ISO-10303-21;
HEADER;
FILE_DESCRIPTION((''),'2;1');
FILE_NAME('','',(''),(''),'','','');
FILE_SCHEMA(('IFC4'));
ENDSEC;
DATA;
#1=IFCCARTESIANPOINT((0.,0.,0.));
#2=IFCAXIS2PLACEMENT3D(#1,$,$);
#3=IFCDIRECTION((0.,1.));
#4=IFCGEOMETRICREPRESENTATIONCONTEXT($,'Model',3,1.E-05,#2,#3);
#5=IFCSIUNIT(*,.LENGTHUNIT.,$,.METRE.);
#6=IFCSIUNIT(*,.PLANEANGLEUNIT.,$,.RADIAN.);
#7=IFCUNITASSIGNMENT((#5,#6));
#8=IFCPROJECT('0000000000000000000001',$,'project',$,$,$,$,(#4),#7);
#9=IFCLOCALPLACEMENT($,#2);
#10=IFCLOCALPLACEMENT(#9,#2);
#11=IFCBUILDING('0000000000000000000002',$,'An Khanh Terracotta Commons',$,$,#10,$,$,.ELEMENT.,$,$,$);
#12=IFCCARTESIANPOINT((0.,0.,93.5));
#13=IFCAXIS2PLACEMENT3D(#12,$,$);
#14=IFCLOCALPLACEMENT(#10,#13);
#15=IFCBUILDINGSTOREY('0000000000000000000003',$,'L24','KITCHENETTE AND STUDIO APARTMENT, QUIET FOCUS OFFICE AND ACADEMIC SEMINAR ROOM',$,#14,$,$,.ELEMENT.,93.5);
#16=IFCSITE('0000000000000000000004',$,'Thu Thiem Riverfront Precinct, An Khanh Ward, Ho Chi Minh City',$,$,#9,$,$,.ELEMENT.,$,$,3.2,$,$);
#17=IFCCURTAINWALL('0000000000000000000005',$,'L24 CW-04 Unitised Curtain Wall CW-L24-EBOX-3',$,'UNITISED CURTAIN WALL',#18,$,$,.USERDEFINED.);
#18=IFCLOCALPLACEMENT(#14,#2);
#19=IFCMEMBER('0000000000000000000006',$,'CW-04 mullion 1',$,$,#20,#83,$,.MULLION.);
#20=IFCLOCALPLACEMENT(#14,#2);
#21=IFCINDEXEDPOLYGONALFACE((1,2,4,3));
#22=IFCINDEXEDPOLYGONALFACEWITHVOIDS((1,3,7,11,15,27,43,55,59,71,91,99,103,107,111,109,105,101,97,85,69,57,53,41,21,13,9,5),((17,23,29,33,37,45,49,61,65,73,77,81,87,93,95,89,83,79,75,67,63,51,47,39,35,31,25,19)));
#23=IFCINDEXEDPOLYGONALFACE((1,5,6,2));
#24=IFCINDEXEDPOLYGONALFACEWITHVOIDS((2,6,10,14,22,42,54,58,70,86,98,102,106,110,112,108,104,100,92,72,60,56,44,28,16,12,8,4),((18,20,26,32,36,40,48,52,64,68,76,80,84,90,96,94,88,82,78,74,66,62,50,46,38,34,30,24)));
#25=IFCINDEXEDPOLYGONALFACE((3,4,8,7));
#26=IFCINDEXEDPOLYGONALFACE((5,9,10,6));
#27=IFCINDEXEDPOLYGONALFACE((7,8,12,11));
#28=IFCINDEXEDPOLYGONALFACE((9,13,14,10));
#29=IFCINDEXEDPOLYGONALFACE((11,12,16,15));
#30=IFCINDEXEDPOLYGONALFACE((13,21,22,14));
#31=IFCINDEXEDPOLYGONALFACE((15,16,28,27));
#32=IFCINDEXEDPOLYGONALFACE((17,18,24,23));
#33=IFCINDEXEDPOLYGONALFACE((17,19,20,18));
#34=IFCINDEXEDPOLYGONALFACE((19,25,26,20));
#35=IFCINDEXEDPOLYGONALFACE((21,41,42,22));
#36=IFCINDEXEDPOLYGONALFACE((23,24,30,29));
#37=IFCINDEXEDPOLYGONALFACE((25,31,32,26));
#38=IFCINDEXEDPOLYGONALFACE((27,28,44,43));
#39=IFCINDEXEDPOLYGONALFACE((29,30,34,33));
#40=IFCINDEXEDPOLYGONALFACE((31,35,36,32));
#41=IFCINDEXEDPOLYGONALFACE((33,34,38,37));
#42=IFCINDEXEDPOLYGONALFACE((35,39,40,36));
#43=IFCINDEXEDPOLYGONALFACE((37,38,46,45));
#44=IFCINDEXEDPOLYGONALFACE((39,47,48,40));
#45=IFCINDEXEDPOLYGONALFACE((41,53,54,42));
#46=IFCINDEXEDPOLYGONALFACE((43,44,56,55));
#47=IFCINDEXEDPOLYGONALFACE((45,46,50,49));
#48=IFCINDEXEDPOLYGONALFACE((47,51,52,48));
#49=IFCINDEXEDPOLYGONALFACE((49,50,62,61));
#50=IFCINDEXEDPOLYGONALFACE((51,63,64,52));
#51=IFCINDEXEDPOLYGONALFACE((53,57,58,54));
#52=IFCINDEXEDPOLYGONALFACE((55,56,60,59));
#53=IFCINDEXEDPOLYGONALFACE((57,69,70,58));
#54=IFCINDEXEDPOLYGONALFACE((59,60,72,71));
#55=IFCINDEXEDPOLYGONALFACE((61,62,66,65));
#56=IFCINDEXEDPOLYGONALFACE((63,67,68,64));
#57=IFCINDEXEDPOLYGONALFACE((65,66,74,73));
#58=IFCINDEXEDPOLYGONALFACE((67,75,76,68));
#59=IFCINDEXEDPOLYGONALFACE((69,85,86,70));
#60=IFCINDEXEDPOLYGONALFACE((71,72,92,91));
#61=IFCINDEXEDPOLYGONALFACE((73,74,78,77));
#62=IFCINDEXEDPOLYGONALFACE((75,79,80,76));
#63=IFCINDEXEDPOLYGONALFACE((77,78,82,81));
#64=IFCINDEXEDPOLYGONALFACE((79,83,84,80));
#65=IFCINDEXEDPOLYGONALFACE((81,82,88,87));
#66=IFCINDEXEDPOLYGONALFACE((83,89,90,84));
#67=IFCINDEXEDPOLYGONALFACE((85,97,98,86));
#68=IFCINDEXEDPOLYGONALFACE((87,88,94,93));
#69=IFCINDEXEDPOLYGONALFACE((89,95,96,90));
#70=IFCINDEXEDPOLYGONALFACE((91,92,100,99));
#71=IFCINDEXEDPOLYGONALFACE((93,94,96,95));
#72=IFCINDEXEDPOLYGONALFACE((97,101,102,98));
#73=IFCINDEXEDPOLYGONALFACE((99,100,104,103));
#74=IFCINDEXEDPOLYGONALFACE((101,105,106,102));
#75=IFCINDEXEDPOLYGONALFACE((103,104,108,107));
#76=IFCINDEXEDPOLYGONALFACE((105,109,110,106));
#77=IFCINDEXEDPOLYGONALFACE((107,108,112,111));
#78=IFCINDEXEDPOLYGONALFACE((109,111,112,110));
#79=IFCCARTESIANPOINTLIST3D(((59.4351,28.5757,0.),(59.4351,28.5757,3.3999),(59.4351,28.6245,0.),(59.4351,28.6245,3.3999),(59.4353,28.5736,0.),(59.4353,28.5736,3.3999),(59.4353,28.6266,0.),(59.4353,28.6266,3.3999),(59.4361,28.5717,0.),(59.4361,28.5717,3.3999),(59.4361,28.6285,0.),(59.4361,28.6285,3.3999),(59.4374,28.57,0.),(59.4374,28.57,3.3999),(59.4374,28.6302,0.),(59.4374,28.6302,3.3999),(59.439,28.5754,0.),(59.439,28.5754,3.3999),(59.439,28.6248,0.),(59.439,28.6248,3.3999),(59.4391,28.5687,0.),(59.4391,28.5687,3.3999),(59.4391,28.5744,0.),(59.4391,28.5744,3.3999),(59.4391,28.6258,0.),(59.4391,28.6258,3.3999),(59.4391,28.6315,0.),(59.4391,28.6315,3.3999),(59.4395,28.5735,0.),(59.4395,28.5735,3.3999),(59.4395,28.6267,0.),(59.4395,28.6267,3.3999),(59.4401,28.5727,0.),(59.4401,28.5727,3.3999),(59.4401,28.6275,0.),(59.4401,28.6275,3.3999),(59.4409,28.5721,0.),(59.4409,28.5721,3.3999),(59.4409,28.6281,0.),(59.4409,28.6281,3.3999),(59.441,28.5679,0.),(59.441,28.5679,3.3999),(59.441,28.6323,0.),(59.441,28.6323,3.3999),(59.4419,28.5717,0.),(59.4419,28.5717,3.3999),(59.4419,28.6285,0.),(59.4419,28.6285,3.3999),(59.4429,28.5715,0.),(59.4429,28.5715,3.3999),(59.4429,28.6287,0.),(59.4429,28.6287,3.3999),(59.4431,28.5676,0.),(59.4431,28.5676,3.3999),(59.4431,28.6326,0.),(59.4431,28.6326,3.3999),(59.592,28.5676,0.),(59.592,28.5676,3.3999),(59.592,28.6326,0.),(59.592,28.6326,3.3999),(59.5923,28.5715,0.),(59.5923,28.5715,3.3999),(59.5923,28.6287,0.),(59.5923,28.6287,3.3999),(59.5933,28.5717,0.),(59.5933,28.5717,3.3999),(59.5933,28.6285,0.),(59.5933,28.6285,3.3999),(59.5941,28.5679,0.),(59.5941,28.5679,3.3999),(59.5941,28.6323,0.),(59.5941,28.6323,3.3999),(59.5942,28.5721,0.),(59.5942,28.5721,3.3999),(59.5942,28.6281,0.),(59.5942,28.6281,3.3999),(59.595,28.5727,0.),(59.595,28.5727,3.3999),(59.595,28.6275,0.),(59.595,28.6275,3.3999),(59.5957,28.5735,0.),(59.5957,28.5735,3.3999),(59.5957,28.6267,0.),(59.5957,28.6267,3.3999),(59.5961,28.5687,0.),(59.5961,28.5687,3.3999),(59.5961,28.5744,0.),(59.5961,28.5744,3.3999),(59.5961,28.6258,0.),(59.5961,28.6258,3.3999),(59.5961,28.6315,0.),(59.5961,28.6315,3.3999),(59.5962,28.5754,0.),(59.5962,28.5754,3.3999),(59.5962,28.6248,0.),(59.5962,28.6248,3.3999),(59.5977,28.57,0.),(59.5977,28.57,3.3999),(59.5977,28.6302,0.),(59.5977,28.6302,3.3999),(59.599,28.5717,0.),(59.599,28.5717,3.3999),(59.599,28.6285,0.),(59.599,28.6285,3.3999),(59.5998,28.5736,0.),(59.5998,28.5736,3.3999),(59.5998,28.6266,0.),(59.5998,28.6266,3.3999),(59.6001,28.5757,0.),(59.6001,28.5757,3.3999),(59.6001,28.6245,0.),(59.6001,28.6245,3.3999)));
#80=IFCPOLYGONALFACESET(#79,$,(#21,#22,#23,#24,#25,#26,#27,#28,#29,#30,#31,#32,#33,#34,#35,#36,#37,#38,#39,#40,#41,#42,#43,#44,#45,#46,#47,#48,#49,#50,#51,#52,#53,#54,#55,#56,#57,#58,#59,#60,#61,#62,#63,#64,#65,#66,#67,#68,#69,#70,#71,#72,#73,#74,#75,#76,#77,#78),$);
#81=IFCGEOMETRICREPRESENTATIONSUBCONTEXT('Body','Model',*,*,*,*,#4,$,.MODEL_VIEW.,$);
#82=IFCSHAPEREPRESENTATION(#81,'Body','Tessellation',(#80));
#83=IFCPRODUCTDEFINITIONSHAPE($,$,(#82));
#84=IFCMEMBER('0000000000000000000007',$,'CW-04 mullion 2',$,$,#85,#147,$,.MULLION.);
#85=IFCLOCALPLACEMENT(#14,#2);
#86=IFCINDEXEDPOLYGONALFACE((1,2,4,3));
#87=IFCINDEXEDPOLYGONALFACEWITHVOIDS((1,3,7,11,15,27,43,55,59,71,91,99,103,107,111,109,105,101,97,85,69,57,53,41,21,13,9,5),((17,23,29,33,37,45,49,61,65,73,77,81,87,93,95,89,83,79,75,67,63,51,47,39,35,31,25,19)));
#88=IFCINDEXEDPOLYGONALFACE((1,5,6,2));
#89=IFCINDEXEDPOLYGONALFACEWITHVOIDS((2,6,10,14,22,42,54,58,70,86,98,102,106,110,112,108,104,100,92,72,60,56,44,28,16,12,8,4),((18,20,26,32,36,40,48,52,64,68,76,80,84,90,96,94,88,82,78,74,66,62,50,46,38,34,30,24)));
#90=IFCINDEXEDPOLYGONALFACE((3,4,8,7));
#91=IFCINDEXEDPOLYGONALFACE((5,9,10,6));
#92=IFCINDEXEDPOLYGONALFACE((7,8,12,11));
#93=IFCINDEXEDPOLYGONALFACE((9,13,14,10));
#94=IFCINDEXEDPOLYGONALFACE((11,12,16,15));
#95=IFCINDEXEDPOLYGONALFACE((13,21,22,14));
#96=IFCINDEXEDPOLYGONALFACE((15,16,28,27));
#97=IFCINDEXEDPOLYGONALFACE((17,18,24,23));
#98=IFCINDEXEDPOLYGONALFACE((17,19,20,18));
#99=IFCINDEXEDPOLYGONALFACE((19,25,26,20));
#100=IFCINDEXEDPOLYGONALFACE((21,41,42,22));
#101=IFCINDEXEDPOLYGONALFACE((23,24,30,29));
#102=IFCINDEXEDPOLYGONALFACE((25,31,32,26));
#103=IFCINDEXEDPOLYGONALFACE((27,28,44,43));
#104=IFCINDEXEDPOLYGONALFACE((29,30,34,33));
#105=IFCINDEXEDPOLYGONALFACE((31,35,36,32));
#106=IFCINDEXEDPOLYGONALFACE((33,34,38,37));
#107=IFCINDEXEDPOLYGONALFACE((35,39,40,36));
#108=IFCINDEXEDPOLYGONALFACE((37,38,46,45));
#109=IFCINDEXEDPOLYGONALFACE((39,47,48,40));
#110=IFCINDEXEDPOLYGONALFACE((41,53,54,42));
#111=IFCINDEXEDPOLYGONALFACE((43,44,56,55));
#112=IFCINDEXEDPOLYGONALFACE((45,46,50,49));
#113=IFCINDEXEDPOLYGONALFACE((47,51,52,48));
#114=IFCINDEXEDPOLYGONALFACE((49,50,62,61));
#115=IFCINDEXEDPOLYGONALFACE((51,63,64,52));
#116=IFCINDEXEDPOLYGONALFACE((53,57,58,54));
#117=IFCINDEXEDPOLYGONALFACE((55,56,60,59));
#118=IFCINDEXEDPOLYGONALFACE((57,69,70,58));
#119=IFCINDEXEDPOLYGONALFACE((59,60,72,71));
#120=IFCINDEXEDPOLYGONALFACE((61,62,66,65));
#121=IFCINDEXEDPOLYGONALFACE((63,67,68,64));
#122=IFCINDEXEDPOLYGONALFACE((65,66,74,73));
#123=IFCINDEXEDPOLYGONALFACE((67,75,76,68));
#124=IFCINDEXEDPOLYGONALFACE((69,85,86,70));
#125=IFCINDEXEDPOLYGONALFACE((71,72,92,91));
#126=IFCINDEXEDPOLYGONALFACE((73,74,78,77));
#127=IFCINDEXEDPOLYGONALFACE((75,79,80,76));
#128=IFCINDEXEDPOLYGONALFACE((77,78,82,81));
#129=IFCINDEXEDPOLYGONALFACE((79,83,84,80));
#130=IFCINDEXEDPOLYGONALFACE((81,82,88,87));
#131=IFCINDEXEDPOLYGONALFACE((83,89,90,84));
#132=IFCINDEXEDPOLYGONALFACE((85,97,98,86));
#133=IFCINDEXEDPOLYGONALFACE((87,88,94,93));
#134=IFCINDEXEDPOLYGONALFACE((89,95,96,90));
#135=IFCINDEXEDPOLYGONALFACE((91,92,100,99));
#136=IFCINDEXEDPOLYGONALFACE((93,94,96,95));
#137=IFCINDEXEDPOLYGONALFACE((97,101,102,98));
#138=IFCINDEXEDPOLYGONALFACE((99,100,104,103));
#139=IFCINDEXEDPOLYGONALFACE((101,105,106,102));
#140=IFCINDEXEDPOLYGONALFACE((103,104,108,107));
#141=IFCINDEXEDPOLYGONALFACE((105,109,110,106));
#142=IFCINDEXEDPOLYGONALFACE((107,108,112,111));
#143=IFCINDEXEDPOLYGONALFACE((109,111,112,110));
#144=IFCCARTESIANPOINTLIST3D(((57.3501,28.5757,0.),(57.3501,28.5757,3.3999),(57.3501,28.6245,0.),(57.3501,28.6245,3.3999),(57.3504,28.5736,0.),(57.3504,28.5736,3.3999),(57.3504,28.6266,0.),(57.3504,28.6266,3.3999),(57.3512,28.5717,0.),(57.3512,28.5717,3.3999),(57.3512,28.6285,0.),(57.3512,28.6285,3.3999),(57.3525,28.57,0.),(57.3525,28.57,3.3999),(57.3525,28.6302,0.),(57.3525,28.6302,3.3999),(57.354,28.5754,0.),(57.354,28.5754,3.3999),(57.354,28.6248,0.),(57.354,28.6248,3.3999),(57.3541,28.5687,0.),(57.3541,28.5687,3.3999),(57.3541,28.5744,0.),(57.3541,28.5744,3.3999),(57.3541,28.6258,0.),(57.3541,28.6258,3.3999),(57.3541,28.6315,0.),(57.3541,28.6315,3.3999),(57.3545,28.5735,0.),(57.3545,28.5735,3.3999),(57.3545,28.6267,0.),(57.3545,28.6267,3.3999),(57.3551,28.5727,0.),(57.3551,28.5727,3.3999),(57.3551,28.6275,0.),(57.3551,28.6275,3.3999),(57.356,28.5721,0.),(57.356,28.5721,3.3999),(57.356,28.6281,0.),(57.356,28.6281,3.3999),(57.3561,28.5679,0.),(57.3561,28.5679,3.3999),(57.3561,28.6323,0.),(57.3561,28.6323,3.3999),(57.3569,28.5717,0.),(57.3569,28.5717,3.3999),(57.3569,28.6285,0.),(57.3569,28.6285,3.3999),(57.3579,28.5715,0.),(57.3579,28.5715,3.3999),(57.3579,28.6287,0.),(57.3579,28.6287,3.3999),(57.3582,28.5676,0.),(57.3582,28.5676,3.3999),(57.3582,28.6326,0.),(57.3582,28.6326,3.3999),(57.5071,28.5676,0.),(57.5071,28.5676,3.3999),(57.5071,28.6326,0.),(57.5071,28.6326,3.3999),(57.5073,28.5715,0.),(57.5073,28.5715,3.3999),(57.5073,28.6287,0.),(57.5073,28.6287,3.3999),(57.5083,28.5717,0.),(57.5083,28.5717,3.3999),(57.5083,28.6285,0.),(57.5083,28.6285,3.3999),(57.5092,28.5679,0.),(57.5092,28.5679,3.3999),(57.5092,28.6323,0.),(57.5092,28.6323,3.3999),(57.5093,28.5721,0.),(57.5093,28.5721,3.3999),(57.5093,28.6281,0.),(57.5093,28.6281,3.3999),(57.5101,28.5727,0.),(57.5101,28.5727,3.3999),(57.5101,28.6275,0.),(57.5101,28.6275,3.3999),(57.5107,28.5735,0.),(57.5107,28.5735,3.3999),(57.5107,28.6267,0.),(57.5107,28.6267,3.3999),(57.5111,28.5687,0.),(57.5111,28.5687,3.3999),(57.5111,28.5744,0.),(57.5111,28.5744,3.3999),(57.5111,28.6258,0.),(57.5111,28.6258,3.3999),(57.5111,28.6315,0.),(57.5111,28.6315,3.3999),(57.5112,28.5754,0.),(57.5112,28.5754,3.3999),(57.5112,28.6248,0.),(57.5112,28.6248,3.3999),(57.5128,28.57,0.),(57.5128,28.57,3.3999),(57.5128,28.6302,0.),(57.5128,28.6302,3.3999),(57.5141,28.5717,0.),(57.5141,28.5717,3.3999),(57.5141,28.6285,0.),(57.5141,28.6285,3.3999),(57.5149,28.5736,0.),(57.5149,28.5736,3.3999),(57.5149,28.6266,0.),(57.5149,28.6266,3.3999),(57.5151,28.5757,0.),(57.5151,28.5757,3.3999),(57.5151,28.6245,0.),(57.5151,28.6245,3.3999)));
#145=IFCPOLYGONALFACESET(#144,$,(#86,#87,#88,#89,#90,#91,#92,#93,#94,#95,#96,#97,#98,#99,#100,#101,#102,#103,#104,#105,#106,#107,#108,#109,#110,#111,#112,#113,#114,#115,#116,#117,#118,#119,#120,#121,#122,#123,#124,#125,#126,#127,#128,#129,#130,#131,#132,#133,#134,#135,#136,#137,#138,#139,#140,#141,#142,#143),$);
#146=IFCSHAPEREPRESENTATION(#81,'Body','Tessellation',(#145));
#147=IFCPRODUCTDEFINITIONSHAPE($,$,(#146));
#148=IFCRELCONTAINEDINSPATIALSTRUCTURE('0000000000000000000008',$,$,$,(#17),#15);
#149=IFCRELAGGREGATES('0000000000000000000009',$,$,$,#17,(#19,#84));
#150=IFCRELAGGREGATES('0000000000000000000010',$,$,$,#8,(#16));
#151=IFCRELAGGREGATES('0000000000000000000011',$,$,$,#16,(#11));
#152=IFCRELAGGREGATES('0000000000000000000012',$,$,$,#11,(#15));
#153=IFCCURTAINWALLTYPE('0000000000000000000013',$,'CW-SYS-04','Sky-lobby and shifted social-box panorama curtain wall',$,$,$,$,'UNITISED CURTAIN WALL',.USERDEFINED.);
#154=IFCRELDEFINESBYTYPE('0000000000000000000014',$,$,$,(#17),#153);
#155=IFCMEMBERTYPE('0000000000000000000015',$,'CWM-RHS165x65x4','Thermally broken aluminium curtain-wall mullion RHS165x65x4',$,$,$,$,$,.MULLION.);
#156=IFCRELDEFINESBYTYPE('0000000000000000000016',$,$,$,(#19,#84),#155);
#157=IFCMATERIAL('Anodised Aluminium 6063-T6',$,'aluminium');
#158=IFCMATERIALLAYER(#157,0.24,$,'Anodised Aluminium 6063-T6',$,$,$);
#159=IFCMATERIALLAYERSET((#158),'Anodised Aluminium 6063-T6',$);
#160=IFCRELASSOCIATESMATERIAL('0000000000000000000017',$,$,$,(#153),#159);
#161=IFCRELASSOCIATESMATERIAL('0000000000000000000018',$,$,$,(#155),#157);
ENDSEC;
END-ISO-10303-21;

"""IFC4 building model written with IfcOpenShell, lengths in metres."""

from ifc_helpers import new_model, si_unit, direction, frame, origin, origin_2d, place, context, subcontext, project, spatial, hollow_rectangle, extrude, material, layer, layer_set, material_profile, profile_set, type_object, element, aggregate, save


model = new_model("IFC4")

# Units and contexts
model_context = context("Model", 3, precision=1e-05, world=origin(), true_north=direction((0.0, 1.0)))
body_context = subcontext(model_context, "Body", "Model", "MODEL_VIEW")
ifc_project = project(units=[si_unit("LENGTHUNIT", "METRE"), si_unit("PLANEANGLEUNIT", "RADIAN")], contexts=[model_context])

# Site, building, storey
site_placement = place(None, origin())
site = spatial("IfcSite", under=ifc_project, at=site_placement, Name="Thu Thiem Riverfront Precinct, An Khanh Ward, Ho Chi Minh City", CompositionType="ELEMENT", RefElevation=3.2)
building_placement = place(site_placement, origin())
building = spatial("IfcBuilding", under=site, at=building_placement, Name="An Khanh Terracotta Commons", CompositionType="ELEMENT")
storey_placement = place(building_placement, frame((0.0, 0.0, 93.5)))
storey = spatial("IfcBuildingStorey", under=building, at=storey_placement, Name="L24", Description="KITCHENETTE AND STUDIO APARTMENT, QUIET FOCUS OFFICE AND ACADEMIC SEMINAR ROOM", CompositionType="ELEMENT", Elevation=93.5)

# Curtain wall, members
ifc_material_1 = material(Name="Anodised Aluminium 6063-T6", Category="aluminium")
ifc_layer_1 = layer(ifc_material_1, 0.24, Name="Anodised Aluminium 6063-T6")
ifc_layer_set_1 = layer_set([ifc_layer_1], Name="Anodised Aluminium 6063-T6")
curtain_wall_type_1 = type_object("IfcCurtainWallType", Name="CW-SYS-04", Description="Sky-lobby and shifted social-box panorama curtain wall", ElementType="UNITISED CURTAIN WALL", PredefinedType="USERDEFINED", material=ifc_layer_set_1)
ifc_material_profile_1 = material_profile(ifc_material_1, hollow_rectangle(XDim=0.0649, YDim=0.165, WallThickness=0.0039, InnerFilletRadius=0.0039, OuterFilletRadius=0.0081, at=origin_2d()), Name="RHS165x65x4")
ifc_profile_set_1 = profile_set([ifc_material_profile_1], Name="Anodised Aluminium 6063-T6")
member_type_1 = type_object("IfcMemberType", Name="CWM-RHS165x65x4", Description="Thermally broken aluminium curtain-wall mullion RHS165x65x4", PredefinedType="MULLION", material=ifc_profile_set_1)
curtain_wall_1_placement = place(storey_placement, origin())
curtain_wall_1 = element("IfcCurtainWall", 1, at=curtain_wall_1_placement, inside=storey, type_object=curtain_wall_type_1, Name="L24 CW-04 Unitised Curtain Wall CW-L24-EBOX-3", ObjectType="UNITISED CURTAIN WALL", PredefinedType="USERDEFINED")
member_1_placement = place(storey_placement, frame((59.5176, 28.6001, 0.0), z_axis=(0.0, 0.0, 1.0), x_axis=(0.0, -1.0, 0.0)))
member_1 = element("IfcMember", 2, at=member_1_placement, type_object=member_type_1, Name="CW-04 mullion 1", PredefinedType="MULLION", context=body_context, shape_type="SweptSolid", body=[
    extrude(hollow_rectangle(XDim=0.0649, YDim=0.165, WallThickness=0.0039, InnerFilletRadius=0.0039, OuterFilletRadius=0.0081, at=origin_2d()), origin(), (0.0, 0.0, 1.0), 3.3999),
])
member_2_placement = place(storey_placement, frame((57.4326, 28.6001, 0.0), z_axis=(0.0, 0.0, 1.0), x_axis=(0.0, -1.0, 0.0)))
member_2 = element("IfcMember", 3, at=member_2_placement, type_object=member_type_1, Name="CW-04 mullion 2", PredefinedType="MULLION", context=body_context, shape_type="SweptSolid", body=[
    extrude(hollow_rectangle(XDim=0.0649, YDim=0.165, WallThickness=0.0039, InnerFilletRadius=0.0039, OuterFilletRadius=0.0081, at=origin_2d()), origin(), (0.0, 0.0, 1.0), 3.3999),
])

aggregate(curtain_wall_1, [member_1, member_2])

save(model, "model.ifc")
